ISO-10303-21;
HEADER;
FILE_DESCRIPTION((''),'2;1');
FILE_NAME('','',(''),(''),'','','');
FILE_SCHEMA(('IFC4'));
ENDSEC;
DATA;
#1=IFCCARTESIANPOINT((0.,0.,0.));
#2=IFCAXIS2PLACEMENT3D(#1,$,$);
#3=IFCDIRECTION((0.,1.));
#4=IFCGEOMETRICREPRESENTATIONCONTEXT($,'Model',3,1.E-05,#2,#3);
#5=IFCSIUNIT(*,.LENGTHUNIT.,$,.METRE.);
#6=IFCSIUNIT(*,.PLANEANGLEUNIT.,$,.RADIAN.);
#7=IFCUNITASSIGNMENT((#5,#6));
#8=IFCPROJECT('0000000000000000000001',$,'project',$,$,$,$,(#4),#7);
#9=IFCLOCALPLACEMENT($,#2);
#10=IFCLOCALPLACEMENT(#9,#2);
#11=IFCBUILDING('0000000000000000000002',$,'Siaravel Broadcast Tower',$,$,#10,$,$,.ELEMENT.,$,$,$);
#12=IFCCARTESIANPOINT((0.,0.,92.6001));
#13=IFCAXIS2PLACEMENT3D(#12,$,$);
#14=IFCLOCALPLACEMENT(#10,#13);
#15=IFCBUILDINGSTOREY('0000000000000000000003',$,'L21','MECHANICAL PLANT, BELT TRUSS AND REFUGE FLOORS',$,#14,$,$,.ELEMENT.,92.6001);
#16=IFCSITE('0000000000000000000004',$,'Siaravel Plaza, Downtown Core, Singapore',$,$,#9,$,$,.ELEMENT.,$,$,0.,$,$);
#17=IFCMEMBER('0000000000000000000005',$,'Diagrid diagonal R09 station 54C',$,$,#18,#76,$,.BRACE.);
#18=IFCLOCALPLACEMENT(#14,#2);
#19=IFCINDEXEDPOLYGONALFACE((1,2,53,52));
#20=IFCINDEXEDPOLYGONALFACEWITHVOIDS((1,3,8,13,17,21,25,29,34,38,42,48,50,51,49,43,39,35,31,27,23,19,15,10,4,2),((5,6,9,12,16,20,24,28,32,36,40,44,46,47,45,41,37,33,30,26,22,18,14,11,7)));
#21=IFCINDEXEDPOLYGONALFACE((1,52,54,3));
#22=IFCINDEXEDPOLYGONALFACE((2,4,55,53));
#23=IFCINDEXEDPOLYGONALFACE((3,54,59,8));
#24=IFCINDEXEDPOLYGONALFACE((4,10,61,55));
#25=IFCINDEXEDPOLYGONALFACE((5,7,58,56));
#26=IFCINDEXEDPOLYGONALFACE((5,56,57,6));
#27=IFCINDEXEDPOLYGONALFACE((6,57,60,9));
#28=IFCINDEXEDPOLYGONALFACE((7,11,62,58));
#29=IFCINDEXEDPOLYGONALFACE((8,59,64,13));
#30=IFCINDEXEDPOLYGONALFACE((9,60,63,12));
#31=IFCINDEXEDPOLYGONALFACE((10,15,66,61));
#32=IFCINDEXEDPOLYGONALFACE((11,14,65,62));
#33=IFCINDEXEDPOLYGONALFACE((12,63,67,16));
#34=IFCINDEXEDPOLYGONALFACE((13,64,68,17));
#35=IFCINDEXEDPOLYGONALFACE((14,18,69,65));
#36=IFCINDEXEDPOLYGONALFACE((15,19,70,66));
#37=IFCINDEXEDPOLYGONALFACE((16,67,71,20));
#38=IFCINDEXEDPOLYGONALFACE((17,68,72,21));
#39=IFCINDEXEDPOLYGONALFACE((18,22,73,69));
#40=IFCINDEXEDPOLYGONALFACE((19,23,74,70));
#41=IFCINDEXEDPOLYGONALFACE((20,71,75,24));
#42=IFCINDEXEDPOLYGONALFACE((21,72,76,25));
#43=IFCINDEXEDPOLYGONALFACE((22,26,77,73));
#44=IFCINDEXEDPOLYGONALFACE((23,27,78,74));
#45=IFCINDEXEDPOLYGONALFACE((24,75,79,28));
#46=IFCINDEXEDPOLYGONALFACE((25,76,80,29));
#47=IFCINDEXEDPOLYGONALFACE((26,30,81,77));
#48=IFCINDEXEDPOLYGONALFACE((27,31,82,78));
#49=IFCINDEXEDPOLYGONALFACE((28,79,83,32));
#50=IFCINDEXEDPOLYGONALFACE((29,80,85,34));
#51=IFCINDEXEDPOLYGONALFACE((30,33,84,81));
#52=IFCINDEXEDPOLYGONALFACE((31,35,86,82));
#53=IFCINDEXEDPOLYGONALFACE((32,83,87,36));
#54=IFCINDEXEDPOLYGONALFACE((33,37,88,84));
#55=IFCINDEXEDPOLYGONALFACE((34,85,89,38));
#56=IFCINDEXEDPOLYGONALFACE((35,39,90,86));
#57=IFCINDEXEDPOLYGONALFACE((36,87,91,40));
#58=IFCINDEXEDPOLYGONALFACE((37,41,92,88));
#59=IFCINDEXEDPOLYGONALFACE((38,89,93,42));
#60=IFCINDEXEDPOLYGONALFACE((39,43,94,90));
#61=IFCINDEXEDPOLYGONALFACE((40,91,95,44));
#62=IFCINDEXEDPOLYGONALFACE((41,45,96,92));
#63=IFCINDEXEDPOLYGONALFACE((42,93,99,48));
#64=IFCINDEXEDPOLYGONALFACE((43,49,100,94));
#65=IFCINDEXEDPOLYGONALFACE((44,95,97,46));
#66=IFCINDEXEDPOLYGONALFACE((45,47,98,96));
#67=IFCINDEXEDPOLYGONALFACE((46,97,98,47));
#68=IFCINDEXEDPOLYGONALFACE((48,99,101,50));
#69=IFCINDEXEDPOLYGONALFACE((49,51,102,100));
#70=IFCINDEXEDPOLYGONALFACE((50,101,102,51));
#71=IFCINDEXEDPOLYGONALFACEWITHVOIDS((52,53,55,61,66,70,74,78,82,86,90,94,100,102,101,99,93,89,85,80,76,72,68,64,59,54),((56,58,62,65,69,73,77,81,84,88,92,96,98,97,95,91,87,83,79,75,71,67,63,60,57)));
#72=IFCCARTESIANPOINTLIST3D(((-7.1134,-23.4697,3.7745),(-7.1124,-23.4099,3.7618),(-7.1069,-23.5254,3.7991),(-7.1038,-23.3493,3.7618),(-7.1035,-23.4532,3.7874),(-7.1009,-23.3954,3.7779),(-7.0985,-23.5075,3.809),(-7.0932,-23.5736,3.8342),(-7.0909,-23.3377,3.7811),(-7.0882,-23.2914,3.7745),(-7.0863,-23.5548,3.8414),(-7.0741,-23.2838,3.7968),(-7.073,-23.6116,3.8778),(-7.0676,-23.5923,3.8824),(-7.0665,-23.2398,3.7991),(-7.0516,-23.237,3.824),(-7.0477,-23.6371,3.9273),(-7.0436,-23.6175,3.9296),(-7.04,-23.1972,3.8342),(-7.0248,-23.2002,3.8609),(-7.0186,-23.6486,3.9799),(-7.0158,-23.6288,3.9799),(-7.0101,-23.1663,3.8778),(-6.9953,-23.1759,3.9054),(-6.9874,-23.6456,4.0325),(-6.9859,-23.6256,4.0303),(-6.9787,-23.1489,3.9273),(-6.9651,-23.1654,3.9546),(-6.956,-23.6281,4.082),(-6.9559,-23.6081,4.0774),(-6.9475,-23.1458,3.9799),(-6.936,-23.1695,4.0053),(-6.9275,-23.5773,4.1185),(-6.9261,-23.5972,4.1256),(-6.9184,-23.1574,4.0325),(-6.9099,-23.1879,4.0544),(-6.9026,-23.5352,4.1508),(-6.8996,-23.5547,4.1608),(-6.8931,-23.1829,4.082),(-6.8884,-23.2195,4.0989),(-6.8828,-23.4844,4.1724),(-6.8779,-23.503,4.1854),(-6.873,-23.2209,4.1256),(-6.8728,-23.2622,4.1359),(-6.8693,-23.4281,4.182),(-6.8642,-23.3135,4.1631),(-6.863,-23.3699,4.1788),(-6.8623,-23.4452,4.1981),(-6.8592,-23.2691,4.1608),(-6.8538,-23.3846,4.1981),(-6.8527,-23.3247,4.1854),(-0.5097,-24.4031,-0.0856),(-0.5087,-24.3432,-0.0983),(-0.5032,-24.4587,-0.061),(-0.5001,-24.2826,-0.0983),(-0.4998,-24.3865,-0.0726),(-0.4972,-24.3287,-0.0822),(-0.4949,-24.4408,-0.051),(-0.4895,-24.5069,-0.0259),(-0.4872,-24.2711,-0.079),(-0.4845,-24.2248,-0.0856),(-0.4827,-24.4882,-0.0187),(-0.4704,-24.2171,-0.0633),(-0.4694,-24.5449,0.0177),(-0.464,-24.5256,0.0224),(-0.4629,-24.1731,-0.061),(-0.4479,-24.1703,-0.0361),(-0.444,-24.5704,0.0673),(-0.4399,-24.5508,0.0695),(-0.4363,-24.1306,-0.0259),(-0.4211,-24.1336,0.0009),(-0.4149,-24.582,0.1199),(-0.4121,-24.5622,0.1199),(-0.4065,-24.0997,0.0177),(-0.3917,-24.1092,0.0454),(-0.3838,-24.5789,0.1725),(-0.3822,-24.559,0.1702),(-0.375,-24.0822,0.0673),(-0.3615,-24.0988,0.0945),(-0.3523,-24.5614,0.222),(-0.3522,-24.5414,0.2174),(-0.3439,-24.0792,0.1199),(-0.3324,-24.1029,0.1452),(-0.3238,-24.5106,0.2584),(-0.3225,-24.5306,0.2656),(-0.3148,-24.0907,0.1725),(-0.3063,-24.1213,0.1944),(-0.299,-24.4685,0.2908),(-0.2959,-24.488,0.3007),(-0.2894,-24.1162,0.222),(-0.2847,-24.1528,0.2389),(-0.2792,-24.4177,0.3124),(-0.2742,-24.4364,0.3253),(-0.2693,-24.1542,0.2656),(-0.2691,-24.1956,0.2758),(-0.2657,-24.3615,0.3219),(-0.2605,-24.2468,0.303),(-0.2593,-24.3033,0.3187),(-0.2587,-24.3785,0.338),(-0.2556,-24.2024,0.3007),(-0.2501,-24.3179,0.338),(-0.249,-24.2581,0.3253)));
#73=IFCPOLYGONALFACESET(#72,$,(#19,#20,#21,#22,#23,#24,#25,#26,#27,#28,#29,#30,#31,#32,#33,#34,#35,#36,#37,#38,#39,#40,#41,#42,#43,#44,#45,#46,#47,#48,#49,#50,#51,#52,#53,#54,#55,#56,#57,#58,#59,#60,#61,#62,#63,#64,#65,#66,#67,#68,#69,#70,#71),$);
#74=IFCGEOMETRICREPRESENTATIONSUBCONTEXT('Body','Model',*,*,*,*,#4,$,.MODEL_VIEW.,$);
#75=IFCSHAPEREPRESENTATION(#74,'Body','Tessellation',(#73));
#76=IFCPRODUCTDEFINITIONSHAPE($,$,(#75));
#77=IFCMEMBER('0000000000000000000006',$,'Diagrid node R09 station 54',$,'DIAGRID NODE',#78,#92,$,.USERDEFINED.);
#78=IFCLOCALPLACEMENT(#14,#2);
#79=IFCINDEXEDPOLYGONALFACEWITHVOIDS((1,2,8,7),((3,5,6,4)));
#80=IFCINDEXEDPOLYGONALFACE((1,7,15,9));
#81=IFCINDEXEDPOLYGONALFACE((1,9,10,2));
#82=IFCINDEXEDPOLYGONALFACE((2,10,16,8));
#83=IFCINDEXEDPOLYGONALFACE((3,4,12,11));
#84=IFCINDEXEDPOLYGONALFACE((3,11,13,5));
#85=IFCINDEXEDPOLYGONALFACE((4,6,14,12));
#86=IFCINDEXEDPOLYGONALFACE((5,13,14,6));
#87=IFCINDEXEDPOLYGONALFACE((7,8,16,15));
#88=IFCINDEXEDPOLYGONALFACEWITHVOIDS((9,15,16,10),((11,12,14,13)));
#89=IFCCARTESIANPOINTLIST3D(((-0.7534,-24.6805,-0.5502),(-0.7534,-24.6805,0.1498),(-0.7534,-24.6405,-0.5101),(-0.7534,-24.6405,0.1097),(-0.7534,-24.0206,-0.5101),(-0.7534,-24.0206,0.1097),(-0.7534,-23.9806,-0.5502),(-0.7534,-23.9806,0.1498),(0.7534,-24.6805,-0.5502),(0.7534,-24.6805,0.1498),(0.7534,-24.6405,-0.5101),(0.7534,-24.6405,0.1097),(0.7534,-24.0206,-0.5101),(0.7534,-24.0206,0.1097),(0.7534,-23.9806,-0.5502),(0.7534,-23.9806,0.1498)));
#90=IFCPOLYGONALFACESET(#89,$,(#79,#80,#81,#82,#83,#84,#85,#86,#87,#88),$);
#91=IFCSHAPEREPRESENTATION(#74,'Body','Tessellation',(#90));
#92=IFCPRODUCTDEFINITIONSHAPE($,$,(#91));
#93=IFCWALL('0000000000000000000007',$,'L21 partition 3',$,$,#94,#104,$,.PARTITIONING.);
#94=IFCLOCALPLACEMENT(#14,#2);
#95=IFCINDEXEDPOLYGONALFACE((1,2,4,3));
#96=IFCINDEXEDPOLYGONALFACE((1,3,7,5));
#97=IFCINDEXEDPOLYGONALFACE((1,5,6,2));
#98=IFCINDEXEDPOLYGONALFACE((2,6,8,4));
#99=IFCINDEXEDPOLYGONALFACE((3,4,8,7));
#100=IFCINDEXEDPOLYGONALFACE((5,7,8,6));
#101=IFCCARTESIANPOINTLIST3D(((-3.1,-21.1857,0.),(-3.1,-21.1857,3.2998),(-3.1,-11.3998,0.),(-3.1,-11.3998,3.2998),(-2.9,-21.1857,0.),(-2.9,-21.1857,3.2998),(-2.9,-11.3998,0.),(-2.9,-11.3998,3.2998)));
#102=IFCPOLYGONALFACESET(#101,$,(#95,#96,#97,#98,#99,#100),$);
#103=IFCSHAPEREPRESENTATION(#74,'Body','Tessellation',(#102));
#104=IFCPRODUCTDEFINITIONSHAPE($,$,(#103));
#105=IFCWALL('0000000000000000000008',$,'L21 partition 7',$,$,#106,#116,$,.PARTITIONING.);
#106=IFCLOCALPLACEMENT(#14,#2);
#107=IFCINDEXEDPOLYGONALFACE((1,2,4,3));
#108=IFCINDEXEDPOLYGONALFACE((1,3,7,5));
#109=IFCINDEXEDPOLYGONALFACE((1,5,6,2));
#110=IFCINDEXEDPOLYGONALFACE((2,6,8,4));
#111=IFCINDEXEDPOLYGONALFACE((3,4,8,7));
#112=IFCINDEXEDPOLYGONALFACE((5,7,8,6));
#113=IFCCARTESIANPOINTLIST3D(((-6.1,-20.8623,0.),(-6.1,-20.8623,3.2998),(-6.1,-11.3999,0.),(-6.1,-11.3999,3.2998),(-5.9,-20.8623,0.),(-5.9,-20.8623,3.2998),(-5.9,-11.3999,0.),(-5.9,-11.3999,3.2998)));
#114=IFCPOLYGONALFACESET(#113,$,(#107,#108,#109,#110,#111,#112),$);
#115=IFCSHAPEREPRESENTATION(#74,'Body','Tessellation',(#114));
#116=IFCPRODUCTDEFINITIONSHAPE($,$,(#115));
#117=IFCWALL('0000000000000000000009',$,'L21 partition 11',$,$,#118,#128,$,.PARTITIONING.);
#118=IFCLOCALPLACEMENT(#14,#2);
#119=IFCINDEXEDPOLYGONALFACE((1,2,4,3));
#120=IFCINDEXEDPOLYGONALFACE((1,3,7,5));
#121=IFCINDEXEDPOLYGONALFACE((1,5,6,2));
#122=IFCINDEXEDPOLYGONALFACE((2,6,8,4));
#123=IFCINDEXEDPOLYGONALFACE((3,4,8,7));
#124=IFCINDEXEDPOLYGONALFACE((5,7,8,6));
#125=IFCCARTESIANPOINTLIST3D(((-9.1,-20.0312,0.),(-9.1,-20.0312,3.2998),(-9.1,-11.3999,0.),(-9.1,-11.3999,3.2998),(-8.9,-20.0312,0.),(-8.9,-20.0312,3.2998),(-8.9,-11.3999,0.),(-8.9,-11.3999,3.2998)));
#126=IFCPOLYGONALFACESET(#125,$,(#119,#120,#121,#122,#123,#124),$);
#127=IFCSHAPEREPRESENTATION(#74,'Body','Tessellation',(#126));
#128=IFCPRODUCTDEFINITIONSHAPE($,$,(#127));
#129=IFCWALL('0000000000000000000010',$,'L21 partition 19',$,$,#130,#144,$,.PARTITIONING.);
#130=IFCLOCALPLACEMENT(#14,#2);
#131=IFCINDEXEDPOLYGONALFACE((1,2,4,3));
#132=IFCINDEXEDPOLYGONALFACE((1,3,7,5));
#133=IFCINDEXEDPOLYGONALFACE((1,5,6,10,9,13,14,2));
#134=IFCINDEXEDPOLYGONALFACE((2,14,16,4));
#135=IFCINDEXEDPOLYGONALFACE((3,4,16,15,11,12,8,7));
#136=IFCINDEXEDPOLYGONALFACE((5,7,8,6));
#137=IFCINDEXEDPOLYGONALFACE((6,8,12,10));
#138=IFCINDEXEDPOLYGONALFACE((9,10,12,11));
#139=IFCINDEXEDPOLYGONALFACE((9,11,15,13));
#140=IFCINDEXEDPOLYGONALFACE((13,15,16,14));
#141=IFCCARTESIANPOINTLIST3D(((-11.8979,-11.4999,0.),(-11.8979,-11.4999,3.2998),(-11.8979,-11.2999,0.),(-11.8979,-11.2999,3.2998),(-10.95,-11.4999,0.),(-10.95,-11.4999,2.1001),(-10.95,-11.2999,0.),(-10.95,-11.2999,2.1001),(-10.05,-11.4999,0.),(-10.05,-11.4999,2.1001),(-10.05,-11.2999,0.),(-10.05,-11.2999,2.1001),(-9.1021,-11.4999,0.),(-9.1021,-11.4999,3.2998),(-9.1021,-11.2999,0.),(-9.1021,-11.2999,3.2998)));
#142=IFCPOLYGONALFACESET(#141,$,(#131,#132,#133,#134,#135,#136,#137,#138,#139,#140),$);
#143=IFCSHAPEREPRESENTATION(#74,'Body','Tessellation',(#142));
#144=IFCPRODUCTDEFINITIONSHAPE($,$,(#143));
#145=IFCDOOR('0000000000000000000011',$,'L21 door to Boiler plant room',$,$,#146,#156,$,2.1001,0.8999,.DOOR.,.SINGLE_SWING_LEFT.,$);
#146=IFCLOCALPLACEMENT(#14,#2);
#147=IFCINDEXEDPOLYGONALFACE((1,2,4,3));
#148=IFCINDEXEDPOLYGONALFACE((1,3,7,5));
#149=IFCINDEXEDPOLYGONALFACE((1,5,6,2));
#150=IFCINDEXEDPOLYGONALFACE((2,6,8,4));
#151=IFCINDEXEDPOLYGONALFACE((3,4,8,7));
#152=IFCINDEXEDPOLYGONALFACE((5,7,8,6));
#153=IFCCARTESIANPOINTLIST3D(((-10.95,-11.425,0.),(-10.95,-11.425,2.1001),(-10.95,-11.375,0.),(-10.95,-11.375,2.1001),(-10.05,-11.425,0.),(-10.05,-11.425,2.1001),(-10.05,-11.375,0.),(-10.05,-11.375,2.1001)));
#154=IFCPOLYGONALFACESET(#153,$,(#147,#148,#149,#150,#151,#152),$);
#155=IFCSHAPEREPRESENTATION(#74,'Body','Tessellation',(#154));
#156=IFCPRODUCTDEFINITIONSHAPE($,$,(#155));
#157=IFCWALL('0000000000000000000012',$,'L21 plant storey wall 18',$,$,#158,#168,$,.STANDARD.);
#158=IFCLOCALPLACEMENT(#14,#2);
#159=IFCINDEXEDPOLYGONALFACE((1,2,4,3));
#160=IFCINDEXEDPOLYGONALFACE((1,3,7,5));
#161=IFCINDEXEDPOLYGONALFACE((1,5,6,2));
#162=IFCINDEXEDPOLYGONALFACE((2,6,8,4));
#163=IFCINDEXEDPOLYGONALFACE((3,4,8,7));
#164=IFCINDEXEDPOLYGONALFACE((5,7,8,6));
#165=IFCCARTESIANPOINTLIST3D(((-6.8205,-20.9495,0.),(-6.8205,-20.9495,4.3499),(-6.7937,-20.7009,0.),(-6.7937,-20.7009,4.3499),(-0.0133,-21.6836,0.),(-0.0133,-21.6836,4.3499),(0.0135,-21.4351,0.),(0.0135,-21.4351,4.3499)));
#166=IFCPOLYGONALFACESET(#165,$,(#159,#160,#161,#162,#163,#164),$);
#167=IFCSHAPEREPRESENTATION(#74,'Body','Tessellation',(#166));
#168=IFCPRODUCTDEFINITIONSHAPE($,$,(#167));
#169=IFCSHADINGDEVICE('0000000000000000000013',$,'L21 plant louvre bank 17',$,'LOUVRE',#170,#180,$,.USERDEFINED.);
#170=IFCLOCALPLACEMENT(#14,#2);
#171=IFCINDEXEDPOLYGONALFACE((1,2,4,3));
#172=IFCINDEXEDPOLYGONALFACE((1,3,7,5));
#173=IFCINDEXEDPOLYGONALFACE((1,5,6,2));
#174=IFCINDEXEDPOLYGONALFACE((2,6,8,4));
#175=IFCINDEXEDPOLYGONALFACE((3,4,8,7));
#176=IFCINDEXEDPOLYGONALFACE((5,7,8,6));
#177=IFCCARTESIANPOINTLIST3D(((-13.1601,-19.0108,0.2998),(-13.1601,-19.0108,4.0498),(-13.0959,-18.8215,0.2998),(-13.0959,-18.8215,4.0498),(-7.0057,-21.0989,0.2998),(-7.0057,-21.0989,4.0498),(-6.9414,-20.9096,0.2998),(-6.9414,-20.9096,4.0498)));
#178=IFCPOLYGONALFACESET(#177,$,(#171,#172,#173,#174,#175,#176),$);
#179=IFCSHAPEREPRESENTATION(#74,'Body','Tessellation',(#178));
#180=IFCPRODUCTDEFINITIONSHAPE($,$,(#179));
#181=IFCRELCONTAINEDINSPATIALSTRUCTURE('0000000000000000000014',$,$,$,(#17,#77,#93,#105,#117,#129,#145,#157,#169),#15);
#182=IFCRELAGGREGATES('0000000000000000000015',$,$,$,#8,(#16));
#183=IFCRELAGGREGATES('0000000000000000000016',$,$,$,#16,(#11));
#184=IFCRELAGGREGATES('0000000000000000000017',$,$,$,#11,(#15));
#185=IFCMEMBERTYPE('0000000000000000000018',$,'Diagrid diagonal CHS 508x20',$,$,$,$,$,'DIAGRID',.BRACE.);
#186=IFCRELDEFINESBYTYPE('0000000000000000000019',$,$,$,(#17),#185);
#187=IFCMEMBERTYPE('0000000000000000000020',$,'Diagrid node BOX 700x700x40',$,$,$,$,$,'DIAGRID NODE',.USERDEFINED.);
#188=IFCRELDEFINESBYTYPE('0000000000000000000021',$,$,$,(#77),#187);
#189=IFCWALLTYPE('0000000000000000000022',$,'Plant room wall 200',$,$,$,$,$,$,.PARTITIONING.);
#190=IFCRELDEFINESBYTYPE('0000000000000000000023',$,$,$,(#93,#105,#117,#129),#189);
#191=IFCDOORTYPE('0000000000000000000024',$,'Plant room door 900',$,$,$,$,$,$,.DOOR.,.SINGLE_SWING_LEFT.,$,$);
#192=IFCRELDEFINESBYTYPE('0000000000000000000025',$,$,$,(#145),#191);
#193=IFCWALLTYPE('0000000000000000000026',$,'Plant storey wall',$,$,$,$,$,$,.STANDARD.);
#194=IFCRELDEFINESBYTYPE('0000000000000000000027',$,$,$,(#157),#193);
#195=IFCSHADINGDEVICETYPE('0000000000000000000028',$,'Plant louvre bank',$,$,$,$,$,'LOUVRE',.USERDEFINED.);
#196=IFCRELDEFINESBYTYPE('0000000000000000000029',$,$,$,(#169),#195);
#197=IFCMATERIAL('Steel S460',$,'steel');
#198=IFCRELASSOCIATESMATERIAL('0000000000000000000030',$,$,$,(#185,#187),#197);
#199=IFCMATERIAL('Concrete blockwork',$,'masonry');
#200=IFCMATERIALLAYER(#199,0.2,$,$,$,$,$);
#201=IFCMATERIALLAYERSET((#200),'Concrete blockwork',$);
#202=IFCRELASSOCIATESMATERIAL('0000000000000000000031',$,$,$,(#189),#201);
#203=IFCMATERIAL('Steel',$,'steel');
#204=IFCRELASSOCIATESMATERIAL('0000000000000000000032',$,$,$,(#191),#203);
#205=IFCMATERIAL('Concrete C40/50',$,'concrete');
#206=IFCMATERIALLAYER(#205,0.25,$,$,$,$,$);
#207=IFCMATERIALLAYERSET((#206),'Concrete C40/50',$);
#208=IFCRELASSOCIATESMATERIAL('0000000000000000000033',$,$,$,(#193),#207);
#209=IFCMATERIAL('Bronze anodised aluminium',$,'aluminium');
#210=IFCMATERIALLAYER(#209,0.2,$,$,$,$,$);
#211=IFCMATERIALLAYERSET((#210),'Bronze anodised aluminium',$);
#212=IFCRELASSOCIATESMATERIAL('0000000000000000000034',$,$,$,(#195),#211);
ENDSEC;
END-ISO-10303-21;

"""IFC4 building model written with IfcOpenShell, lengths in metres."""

from ifc_helpers import new_model, si_unit, direction, frame, frame_2d, origin, origin_2d, place, context, subcontext, project, spatial, rectangle, hollow_rectangle, hollow_circle, extrude, material, layer, layer_set, material_profile, profile_set, type_object, element, fill, save


model = new_model("IFC4")

# Units and contexts
model_context = context("Model", 3, precision=1e-05, world=origin(), true_north=direction((0.0, 1.0)))
body_context = subcontext(model_context, "Body", "Model", "MODEL_VIEW")
ifc_project = project(units=[si_unit("LENGTHUNIT", "METRE"), si_unit("PLANEANGLEUNIT", "RADIAN")], contexts=[model_context])

# Site, building, storey
site_placement = place(None, origin())
site = spatial("IfcSite", under=ifc_project, at=site_placement, Name="Siaravel Plaza, Downtown Core, Singapore", CompositionType="ELEMENT", RefElevation=0.0)
building_placement = place(site_placement, origin())
building = spatial("IfcBuilding", under=site, at=building_placement, Name="Siaravel Broadcast Tower", CompositionType="ELEMENT")
storey_placement = place(building_placement, frame((0.0, 0.0, 92.6001)))
storey = spatial("IfcBuildingStorey", under=building, at=storey_placement, Name="L21", Description="MECHANICAL PLANT, BELT TRUSS AND REFUGE FLOORS", CompositionType="ELEMENT", Elevation=92.6001)

# Shared definitions
ifc_material_1 = material(Name="Steel S460", Category="steel")

# Members
ifc_material_profile_1 = material_profile(ifc_material_1, hollow_circle(Radius=0.2539, WallThickness=0.02, at=origin_2d()))
ifc_profile_set_1 = profile_set([ifc_material_profile_1], Name="Steel S460")
member_type_1 = type_object("IfcMemberType", Name="Diagrid diagonal CHS 508x20", ElementType="DIAGRID", PredefinedType="BRACE", material=ifc_profile_set_1)
member_1_placement = place(storey_placement, frame((-0.3794, -24.3306, 0.1199), z_axis=(-0.856972, 0.121121, 0.500927), x_axis=(-0.139945, -0.990159, 0.0)))
element("IfcMember", 1, at=member_1_placement, inside=storey, type_object=member_type_1, Name="Diagrid diagonal R09 station 54C", PredefinedType="BRACE", context=body_context, shape_type="SweptSolid", body=[
    extrude(hollow_circle(Radius=0.2539, WallThickness=0.02, at=origin_2d()), origin(), (0.0, 0.0, 1.0), 7.7058),
])
ifc_material_profile_2 = material_profile(ifc_material_1, hollow_rectangle(XDim=0.7, YDim=0.7, WallThickness=0.04, at=origin_2d()))
ifc_profile_set_2 = profile_set([ifc_material_profile_2], Name="Steel S460")
member_type_2 = type_object("IfcMemberType", Name="Diagrid node BOX 700x700x40", ElementType="DIAGRID NODE", PredefinedType="USERDEFINED", material=ifc_profile_set_2)
member_2_placement = place(storey_placement, frame((-0.7534, -24.3306, -0.2002), z_axis=(1.0, 0.0, 0.0), x_axis=(0.0, 1.0, 0.0)))
element("IfcMember", 2, at=member_2_placement, inside=storey, type_object=member_type_2, Name="Diagrid node R09 station 54", ObjectType="DIAGRID NODE", PredefinedType="USERDEFINED", context=body_context, shape_type="SweptSolid", body=[
    extrude(hollow_rectangle(XDim=0.7, YDim=0.7, WallThickness=0.04, at=origin_2d()), origin(), (0.0, 0.0, 1.0), 1.5068),
])

# Walls
ifc_material_2 = material(Name="Concrete blockwork", Category="masonry")
ifc_layer_1 = layer(ifc_material_2, 0.2)
ifc_layer_set_1 = layer_set([ifc_layer_1], Name="Concrete blockwork")
wall_type_1 = type_object("IfcWallType", Name="Plant room wall 200", PredefinedType="PARTITIONING", material=ifc_layer_set_1)
wall_1_placement = place(storey_placement, frame((-3.0, -21.1858, 0.0), z_axis=(0.0, 0.0, 1.0), x_axis=(0.0, 1.0, 0.0)))
element("IfcWall", 3, at=wall_1_placement, inside=storey, type_object=wall_type_1, Name="L21 partition 3", PredefinedType="PARTITIONING", context=body_context, shape_type="SweptSolid", body=[
    extrude(rectangle(XDim=9.7859, YDim=0.2, at=frame_2d((4.8931, 0.0))), origin(), (0.0, 0.0, 1.0), 3.2998),
])
wall_2_placement = place(storey_placement, frame((-6.0, -20.8623, 0.0), z_axis=(0.0, 0.0, 1.0), x_axis=(0.0, 1.0, 0.0)))
element("IfcWall", 4, at=wall_2_placement, inside=storey, type_object=wall_type_1, Name="L21 partition 7", PredefinedType="PARTITIONING", context=body_context, shape_type="SweptSolid", body=[
    extrude(rectangle(XDim=9.4624, YDim=0.2, at=frame_2d((4.7312, 0.0))), origin(), (0.0, 0.0, 1.0), 3.2998),
])
wall_3_placement = place(storey_placement, frame((-9.0, -20.0312, 0.0), z_axis=(0.0, 0.0, 1.0), x_axis=(0.0, 1.0, 0.0)))
element("IfcWall", 5, at=wall_3_placement, inside=storey, type_object=wall_type_1, Name="L21 partition 11", PredefinedType="PARTITIONING", context=body_context, shape_type="SweptSolid", body=[
    extrude(rectangle(XDim=8.6313, YDim=0.2, at=frame_2d((4.3157, 0.0))), origin(), (0.0, 0.0, 1.0), 3.2998),
])

# Wall, opening, door
wall_4_placement = place(storey_placement, frame((-11.8979, -11.3999, 0.0), z_axis=(0.0, 0.0, 1.0), x_axis=(1.0, 0.0, 0.0)))
wall_4 = element("IfcWall", 6, at=wall_4_placement, inside=storey, type_object=wall_type_1, Name="L21 partition 19", PredefinedType="PARTITIONING", context=body_context, shape_type="SweptSolid", body=[
    extrude(rectangle(XDim=2.7959, YDim=0.2, at=frame_2d((1.3979, 0.0))), origin(), (0.0, 0.0, 1.0), 3.2998),
])
opening_placement = place(wall_4_placement, frame((0.948, 0.0, 0.0)))
opening = element("IfcOpeningElement", 7, at=opening_placement, cuts=wall_4, PredefinedType="OPENING", context=body_context, shape_type="SweptSolid", body=[
    extrude(rectangle(XDim=0.8999, YDim=2.1001, at=frame_2d((0.45, 1.05))), frame((0.0, 0.1099, 0.0), z_axis=(0.0, -1.0, 0.0), x_axis=(1.0, 0.0, 0.0)), (0.0, 0.0, 1.0), 0.22),
])
ifc_material_3 = material(Name="Steel", Category="steel")
door_type = type_object("IfcDoorType", Name="Plant room door 900", OperationType="SINGLE_SWING_LEFT", PredefinedType="DOOR", material=ifc_material_3)
door_placement = place(opening_placement, origin())
door = element("IfcDoor", 8, at=door_placement, inside=storey, type_object=door_type, Name="L21 door to Boiler plant room", OperationType="SINGLE_SWING_LEFT", OverallHeight=2.1001, OverallWidth=0.8999, PredefinedType="DOOR", context=body_context, shape_type="SweptSolid", body=[
    extrude(rectangle(XDim=0.8999, YDim=2.1001, at=frame_2d((0.45, 1.05))), frame((0.0, 0.0249, 0.0), z_axis=(0.0, -1.0, 0.0), x_axis=(1.0, 0.0, 0.0)), (0.0, 0.0, 1.0), 0.05),
])
fill(opening, door)

# Wall
ifc_material_4 = material(Name="Concrete C40/50", Category="concrete")
ifc_layer_2 = layer(ifc_material_4, 0.25)
ifc_layer_set_2 = layer_set([ifc_layer_2], Name="Concrete C40/50")
wall_type_2 = type_object("IfcWallType", Name="Plant storey wall", PredefinedType="STANDARD", material=ifc_layer_set_2)
wall_5_placement = place(storey_placement, frame((-6.8071, -20.8252, 0.0), z_axis=(0.0, 0.0, 1.0), x_axis=(0.994235, -0.107226, 0.0)))
element("IfcWall", 9, at=wall_5_placement, inside=storey, type_object=wall_type_2, Name="L21 plant storey wall 18", PredefinedType="STANDARD", context=body_context, shape_type="SweptSolid", body=[
    extrude(rectangle(XDim=6.8467, YDim=0.25, at=frame_2d((3.4233, 0.0))), origin(), (0.0, 0.0, 1.0), 4.3499),
])

# Shading device
ifc_material_5 = material(Name="Bronze anodised aluminium", Category="aluminium")
ifc_layer_3 = layer(ifc_material_5, 0.2)
ifc_layer_set_3 = layer_set([ifc_layer_3], Name="Bronze anodised aluminium")
shading_device_type = type_object("IfcShadingDeviceType", Name="Plant louvre bank", ElementType="LOUVRE", PredefinedType="USERDEFINED", material=ifc_layer_set_3)
shading_device_1_placement = place(storey_placement, frame((-10.0508, -19.9602, 0.2998), z_axis=(0.0, 0.0, 1.0), x_axis=(0.946977, -0.321301, 0.0)))
element("IfcShadingDevice", 10, at=shading_device_1_placement, inside=storey, type_object=shading_device_type, Name="L21 plant louvre bank 17", ObjectType="LOUVRE", PredefinedType="USERDEFINED", context=body_context, shape_type="SweptSolid", body=[
    extrude(rectangle(XDim=6.499, YDim=0.2, at=origin_2d()), origin(), (0.0, 0.0, 1.0), 3.75),
])

save(model, "model.ifc")
